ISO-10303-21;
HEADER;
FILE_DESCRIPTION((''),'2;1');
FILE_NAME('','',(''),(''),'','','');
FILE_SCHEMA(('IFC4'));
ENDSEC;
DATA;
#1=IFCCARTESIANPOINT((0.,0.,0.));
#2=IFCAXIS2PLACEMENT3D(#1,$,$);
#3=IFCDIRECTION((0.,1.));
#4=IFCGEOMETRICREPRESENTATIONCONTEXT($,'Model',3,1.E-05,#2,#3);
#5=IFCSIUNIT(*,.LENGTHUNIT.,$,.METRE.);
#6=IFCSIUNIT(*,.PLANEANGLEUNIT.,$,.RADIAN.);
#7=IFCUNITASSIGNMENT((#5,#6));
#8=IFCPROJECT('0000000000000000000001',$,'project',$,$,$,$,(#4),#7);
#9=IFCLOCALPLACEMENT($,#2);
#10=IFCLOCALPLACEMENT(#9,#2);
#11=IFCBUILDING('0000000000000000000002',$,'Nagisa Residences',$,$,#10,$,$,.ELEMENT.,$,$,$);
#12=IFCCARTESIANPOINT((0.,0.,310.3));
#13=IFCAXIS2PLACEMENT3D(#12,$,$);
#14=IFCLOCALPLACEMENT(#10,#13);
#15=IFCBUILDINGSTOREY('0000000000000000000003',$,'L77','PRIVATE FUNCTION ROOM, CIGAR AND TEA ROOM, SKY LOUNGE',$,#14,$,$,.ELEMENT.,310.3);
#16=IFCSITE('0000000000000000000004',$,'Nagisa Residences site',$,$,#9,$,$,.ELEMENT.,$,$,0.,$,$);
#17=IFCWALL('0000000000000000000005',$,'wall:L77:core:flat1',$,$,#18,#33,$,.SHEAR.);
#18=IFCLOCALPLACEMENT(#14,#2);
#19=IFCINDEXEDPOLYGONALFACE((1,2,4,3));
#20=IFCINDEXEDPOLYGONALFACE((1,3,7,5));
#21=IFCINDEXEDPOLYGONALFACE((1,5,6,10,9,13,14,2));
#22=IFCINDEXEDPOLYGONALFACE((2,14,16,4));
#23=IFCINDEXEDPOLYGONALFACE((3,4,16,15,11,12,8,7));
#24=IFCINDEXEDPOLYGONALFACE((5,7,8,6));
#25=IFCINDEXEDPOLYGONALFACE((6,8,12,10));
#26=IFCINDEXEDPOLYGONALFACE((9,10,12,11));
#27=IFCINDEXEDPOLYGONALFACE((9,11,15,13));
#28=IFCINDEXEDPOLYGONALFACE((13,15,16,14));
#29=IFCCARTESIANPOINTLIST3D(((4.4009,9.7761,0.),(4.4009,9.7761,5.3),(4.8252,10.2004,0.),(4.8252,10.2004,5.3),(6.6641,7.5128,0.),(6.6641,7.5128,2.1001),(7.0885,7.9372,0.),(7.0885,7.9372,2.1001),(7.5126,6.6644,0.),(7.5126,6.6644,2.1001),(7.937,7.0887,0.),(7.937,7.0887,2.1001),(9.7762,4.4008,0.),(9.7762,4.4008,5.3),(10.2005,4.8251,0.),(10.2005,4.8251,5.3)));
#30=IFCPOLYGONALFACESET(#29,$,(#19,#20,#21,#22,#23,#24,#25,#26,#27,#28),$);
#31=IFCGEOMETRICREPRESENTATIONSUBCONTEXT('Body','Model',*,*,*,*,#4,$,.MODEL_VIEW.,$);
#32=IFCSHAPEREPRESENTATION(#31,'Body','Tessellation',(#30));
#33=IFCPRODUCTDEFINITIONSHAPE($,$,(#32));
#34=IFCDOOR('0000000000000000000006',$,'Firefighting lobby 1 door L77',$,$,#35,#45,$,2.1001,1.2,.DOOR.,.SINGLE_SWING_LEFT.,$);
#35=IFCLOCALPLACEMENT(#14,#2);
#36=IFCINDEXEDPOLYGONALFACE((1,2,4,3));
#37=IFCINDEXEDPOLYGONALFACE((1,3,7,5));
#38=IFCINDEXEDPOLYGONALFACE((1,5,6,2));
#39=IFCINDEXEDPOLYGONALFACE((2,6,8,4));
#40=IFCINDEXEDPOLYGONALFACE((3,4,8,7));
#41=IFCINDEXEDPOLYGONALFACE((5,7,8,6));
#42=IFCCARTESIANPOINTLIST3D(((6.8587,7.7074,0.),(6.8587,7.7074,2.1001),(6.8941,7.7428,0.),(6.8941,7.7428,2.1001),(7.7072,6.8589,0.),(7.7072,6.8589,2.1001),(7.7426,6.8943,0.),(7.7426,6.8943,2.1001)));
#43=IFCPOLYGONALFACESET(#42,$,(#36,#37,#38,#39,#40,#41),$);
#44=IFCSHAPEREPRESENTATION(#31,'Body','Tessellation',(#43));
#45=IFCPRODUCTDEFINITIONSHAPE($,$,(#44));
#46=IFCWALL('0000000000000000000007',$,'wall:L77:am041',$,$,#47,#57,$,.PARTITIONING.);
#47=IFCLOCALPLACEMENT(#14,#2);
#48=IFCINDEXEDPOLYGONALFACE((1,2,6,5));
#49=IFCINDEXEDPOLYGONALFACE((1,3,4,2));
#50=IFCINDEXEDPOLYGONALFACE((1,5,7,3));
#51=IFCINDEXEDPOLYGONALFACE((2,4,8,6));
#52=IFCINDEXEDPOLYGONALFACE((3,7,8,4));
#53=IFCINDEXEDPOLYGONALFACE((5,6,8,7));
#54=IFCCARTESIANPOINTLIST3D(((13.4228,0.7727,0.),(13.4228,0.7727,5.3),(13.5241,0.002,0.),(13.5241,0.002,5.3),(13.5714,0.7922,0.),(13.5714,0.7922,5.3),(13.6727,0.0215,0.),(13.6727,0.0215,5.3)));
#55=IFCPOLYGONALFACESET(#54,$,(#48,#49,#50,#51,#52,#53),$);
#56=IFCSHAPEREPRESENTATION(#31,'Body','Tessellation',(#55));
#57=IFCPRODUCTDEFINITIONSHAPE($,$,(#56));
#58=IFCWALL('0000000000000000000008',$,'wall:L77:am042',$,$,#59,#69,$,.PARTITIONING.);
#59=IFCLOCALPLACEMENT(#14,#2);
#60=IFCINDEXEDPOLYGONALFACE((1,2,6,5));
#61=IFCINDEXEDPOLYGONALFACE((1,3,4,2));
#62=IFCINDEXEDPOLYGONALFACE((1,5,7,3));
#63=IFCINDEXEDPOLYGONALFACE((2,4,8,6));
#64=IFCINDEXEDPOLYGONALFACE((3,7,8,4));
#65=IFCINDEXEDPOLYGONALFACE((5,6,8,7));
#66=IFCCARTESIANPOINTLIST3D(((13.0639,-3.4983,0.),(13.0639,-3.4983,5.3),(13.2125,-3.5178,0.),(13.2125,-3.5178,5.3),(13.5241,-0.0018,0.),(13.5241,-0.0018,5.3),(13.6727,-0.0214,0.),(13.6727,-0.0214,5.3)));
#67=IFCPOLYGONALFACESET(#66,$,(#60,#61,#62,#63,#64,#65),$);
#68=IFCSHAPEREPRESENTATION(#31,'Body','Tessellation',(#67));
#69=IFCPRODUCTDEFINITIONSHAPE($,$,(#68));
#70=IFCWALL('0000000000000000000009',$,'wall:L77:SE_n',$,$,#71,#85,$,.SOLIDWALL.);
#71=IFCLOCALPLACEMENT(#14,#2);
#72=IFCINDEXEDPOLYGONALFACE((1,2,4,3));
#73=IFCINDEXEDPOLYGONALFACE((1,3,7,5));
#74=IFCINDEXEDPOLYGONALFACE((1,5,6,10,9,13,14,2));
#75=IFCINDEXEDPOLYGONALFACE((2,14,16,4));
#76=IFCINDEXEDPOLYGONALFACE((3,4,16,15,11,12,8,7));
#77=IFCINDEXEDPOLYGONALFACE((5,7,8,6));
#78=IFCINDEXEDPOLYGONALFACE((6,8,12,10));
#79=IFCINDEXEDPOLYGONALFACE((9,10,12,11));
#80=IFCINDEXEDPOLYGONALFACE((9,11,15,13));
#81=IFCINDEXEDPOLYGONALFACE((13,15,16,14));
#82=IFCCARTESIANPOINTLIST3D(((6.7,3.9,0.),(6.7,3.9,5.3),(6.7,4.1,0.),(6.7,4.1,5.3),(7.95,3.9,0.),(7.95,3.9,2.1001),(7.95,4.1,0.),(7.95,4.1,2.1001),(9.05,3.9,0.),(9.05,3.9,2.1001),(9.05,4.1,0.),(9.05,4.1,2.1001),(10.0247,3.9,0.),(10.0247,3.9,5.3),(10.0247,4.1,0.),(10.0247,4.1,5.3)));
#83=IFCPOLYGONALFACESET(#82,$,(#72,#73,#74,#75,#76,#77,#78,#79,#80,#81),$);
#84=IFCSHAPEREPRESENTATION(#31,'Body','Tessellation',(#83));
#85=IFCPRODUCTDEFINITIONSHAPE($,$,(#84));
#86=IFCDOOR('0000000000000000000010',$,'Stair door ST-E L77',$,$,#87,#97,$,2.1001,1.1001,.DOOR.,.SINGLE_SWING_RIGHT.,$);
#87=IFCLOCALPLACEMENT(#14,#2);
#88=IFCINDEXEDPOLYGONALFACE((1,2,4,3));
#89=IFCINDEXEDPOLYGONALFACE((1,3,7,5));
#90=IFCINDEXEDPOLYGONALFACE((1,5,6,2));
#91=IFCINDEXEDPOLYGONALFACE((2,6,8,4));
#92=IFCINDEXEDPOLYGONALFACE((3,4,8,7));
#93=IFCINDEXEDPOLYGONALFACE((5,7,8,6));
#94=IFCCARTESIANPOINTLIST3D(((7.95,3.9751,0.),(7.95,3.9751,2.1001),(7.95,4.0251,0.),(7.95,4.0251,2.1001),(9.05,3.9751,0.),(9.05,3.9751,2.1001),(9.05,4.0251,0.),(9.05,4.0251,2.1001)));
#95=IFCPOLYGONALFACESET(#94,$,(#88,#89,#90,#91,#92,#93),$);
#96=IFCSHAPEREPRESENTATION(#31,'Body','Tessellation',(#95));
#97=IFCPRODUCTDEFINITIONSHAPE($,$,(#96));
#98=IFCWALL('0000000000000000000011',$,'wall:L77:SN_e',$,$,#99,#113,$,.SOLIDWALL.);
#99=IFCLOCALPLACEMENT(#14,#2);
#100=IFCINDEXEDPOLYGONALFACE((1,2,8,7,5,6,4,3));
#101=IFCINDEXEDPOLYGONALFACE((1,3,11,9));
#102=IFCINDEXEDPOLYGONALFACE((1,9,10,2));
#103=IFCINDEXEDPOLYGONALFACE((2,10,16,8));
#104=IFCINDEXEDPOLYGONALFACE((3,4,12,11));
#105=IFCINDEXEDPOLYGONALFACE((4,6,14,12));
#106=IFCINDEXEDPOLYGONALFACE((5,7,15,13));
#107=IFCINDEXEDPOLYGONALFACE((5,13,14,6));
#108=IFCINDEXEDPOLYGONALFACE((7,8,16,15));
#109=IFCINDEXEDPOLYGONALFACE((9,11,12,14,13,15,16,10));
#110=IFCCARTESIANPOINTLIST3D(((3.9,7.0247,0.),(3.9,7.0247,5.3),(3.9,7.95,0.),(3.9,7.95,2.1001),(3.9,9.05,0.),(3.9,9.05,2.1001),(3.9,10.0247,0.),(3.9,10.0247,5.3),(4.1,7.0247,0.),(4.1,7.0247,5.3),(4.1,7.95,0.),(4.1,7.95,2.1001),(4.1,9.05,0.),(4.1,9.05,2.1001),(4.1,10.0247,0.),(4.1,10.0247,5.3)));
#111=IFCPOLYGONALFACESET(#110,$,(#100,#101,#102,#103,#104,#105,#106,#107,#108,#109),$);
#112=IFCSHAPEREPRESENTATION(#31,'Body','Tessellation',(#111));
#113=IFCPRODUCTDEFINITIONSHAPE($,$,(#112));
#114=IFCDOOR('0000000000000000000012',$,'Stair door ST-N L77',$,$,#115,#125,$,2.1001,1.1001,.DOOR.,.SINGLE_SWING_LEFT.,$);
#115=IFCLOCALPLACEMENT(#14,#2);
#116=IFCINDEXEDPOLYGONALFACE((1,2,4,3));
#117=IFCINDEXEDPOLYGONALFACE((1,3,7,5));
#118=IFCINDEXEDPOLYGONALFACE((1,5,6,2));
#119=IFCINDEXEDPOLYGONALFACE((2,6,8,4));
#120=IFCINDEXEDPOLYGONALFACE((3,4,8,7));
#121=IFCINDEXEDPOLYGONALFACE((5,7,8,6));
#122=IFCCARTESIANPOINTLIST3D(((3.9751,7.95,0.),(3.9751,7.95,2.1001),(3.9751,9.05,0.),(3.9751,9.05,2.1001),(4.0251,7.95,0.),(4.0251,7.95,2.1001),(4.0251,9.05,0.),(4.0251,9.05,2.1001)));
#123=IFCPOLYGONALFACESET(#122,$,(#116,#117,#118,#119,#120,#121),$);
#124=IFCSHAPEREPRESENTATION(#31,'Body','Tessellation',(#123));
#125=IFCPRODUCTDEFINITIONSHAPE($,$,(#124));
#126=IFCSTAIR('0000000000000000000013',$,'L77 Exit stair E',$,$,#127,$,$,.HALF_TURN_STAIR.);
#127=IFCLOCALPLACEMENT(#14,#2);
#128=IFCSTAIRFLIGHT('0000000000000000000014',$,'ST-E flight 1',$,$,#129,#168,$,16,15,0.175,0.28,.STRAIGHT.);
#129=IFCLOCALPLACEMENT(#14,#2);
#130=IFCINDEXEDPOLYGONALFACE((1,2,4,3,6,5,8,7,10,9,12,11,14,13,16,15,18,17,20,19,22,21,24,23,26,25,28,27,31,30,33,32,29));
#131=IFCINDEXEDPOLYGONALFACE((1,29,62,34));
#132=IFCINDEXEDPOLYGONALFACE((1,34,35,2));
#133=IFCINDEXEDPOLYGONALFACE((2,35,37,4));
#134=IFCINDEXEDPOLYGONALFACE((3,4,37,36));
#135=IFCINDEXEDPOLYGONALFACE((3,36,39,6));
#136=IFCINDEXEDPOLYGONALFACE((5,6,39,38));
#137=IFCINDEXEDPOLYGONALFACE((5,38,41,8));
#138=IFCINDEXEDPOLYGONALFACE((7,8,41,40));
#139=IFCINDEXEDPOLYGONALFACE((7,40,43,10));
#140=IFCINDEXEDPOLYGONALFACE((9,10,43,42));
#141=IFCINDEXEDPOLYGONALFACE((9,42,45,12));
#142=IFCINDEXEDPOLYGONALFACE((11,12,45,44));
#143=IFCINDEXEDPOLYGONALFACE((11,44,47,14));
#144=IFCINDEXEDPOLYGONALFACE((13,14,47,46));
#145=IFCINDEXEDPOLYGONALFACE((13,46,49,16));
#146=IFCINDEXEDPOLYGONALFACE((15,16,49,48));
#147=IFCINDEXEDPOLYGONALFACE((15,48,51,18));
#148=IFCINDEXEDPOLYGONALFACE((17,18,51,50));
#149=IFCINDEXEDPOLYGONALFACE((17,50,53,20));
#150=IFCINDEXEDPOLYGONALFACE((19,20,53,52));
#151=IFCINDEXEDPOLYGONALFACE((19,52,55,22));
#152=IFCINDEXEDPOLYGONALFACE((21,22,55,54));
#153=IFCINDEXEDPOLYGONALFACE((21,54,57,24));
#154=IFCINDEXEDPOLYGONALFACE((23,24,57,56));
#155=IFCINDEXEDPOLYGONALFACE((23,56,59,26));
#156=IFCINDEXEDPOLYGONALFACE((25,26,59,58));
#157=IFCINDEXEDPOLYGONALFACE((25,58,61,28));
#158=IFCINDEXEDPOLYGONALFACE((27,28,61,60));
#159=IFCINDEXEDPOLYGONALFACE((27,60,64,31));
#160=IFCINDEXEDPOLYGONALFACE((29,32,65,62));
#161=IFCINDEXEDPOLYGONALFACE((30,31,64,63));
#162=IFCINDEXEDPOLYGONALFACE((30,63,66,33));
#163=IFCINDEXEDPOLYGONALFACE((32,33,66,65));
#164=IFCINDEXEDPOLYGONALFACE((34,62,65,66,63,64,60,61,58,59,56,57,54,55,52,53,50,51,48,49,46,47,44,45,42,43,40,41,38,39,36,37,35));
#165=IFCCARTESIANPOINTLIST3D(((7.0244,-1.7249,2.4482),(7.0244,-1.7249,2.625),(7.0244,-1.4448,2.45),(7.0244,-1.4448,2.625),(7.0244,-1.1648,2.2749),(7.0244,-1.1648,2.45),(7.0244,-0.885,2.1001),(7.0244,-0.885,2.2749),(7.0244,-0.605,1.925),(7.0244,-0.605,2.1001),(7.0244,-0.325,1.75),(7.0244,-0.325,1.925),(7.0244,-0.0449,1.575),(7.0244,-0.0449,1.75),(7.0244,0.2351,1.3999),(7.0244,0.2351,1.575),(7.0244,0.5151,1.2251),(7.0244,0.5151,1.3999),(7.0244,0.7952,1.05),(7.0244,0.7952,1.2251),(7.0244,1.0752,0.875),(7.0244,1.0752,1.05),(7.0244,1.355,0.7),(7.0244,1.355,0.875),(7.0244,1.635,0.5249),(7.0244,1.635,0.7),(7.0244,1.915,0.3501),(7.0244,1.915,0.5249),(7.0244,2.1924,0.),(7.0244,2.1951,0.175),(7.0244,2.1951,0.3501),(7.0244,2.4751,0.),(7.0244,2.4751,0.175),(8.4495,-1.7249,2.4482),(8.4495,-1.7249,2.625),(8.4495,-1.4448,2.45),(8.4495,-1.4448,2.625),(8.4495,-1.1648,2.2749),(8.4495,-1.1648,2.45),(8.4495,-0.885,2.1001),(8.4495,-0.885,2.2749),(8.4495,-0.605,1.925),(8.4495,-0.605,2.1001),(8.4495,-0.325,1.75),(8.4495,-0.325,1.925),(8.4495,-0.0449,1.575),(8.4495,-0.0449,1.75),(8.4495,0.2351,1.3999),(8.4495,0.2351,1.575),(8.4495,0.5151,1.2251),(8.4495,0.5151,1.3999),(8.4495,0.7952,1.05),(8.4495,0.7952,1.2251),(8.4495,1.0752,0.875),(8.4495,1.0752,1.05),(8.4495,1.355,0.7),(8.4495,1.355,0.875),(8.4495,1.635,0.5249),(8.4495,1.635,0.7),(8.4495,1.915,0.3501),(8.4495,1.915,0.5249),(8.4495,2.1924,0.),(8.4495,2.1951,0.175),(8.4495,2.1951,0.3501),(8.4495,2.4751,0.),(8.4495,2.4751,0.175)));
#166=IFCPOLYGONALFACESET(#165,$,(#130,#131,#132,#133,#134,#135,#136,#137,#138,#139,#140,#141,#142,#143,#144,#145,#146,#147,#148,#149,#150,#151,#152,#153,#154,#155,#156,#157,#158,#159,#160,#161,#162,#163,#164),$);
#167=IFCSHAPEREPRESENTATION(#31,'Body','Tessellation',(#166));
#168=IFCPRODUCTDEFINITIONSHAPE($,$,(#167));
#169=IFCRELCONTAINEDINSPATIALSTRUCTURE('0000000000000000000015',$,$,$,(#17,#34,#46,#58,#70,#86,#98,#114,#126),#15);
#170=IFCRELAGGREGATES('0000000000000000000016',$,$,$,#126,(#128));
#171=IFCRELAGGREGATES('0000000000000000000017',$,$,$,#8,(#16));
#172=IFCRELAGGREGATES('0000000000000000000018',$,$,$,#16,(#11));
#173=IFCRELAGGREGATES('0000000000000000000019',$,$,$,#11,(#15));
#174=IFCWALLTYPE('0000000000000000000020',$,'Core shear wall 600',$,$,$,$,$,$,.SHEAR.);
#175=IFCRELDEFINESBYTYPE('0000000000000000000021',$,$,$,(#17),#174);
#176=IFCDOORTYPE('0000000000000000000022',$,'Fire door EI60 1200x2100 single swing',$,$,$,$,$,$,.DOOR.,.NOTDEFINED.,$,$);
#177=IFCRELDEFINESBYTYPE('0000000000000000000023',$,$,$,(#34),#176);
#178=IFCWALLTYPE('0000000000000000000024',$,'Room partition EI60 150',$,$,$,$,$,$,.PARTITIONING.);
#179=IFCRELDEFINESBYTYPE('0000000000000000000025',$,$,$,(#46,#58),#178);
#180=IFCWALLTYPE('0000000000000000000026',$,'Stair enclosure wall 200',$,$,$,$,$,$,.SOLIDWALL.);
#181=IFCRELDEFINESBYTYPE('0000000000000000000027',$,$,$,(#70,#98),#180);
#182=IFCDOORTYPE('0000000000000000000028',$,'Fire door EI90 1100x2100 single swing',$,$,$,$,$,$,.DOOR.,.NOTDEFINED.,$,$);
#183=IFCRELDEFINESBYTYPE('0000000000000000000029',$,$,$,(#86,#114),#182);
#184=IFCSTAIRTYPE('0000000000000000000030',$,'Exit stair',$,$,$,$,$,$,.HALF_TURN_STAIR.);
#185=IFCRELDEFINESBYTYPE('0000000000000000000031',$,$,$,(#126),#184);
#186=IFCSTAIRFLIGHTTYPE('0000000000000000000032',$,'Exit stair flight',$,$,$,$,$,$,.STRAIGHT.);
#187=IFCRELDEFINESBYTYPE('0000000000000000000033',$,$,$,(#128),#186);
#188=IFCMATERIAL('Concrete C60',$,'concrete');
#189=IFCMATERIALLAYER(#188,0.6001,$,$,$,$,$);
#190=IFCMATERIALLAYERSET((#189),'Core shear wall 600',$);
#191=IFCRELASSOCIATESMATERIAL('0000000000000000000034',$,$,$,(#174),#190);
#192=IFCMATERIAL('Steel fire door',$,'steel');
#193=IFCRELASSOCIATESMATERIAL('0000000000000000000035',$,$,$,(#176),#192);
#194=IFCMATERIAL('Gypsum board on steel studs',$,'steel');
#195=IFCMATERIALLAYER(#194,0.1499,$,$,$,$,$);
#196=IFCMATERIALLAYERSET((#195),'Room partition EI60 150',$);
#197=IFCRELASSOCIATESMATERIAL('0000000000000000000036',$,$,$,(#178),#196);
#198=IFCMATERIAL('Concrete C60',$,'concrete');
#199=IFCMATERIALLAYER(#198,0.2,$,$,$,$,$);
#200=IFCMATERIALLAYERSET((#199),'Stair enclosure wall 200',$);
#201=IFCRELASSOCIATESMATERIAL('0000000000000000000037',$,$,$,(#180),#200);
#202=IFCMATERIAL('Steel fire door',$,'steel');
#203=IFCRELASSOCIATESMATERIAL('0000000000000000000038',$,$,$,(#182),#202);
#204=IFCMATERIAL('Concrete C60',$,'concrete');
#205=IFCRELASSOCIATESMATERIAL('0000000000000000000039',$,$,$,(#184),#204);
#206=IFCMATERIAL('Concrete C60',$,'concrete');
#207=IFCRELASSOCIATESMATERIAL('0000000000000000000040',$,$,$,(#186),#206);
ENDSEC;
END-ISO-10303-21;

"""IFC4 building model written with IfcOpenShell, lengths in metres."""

from ifc_helpers import new_model, si_unit, direction, frame, frame_2d, origin, place, context, subcontext, project, spatial, polyline, rectangle, outline, extrude, material, layer, layer_set, type_object, element, fill, aggregate, save


model = new_model("IFC4")

# Units and contexts
model_context = context("Model", 3, precision=1e-05, world=origin(), true_north=direction((0.0, 1.0)))
body_context = subcontext(model_context, "Body", "Model", "MODEL_VIEW")
ifc_project = project(units=[si_unit("LENGTHUNIT", "METRE"), si_unit("PLANEANGLEUNIT", "RADIAN")], contexts=[model_context])

# Site, building, storey
site_placement = place(None, origin())
site = spatial("IfcSite", under=ifc_project, at=site_placement, Name="Nagisa Residences site", CompositionType="ELEMENT", RefElevation=0.0)
building_placement = place(site_placement, origin())
building = spatial("IfcBuilding", under=site, at=building_placement, Name="Nagisa Residences", CompositionType="ELEMENT")
storey_placement = place(building_placement, frame((0.0, 0.0, 310.3)))
storey = spatial("IfcBuildingStorey", under=building, at=storey_placement, Name="L77", Description="PRIVATE FUNCTION ROOM, CIGAR AND TEA ROOM, SKY LOUNGE", CompositionType="ELEMENT", Elevation=310.3)

# Wall, opening, door
ifc_material_1 = material(Name="Concrete C60", Category="concrete")
ifc_layer_1 = layer(ifc_material_1, 0.6001)
ifc_layer_set_1 = layer_set([ifc_layer_1], Name="Core shear wall 600")
wall_type_1 = type_object("IfcWallType", Name="Core shear wall 600", PredefinedType="SHEAR", material=ifc_layer_set_1)
wall_1_placement = place(storey_placement, frame((9.9883, 4.613, 0.0), z_axis=(0.0, 0.0, 1.0), x_axis=(-0.707107, 0.707107, 0.0)))
wall_1 = element("IfcWall", 1, at=wall_1_placement, inside=storey, type_object=wall_type_1, Name="wall:L77:core:flat1", PredefinedType="SHEAR", context=body_context, shape_type="SweptSolid", body=[
    extrude(rectangle(XDim=7.6018, YDim=0.6001, at=frame_2d((3.8008, 0.0))), origin(), (0.0, 0.0, 1.0), 5.3),
])
opening_1_placement = place(wall_1_placement, frame((3.2009, 0.0, 0.0)))
opening_1 = element("IfcOpeningElement", 2, at=opening_1_placement, cuts=wall_1, PredefinedType="OPENING", context=body_context, shape_type="SweptSolid", body=[
    extrude(rectangle(XDim=1.2, YDim=2.1001, at=frame_2d((0.6001, 1.05))), frame((0.0, 0.3101, 0.0), z_axis=(0.0, -1.0, 0.0), x_axis=(1.0, 0.0, 0.0)), (0.0, 0.0, 1.0), 0.6201),
])
ifc_material_2 = material(Name="Steel fire door", Category="steel")
door_type_1 = type_object("IfcDoorType", Name="Fire door EI60 1200x2100 single swing", OperationType="NOTDEFINED", PredefinedType="DOOR", material=ifc_material_2)
door_1_placement = place(opening_1_placement, origin())
door_1 = element("IfcDoor", 3, at=door_1_placement, inside=storey, type_object=door_type_1, Name="Firefighting lobby 1 door L77", OperationType="SINGLE_SWING_LEFT", OverallHeight=2.1001, OverallWidth=1.2, PredefinedType="DOOR", context=body_context, shape_type="SweptSolid", body=[
    extrude(rectangle(XDim=1.2, YDim=2.1001, at=frame_2d((0.6001, 1.05))), frame((0.0, 0.0249, 0.0), z_axis=(0.0, -1.0, 0.0), x_axis=(1.0, 0.0, 0.0)), (0.0, 0.0, 1.0), 0.05),
])
fill(opening_1, door_1)

# Walls
ifc_material_3 = material(Name="Gypsum board on steel studs", Category="steel")
ifc_layer_2 = layer(ifc_material_3, 0.1499)
ifc_layer_set_2 = layer_set([ifc_layer_2], Name="Room partition EI60 150")
wall_type_2 = type_object("IfcWallType", Name="Room partition EI60 150", PredefinedType="PARTITIONING", material=ifc_layer_set_2)
wall_2_placement = place(storey_placement, frame((13.4971, 0.7825, 0.0), z_axis=(0.0, 0.0, 1.0), x_axis=(0.130333, -0.99147, 0.0)))
element("IfcWall", 4, at=wall_2_placement, inside=storey, type_object=wall_type_2, Name="wall:L77:am041", PredefinedType="PARTITIONING", context=body_context, shape_type="SweptSolid", body=[
    extrude(rectangle(XDim=0.7773, YDim=0.1499, at=frame_2d((0.3887, 0.0))), origin(), (0.0, 0.0, 1.0), 5.3),
])
wall_3_placement = place(storey_placement, frame((13.5984, -0.0117, 0.0), z_axis=(0.0, 0.0, 1.0), x_axis=(-0.130499, -0.991448, 0.0)))
element("IfcWall", 5, at=wall_3_placement, inside=storey, type_object=wall_type_2, Name="wall:L77:am042", PredefinedType="PARTITIONING", context=body_context, shape_type="SweptSolid", body=[
    extrude(rectangle(XDim=3.5266, YDim=0.1499, at=frame_2d((1.7632, 0.0))), origin(), (0.0, 0.0, 1.0), 5.3),
])

# Walls, openings, doors
ifc_material_4 = material(Name="Concrete C60", Category="concrete")
ifc_layer_3 = layer(ifc_material_4, 0.2)
ifc_layer_set_3 = layer_set([ifc_layer_3], Name="Stair enclosure wall 200")
wall_type_3 = type_object("IfcWallType", Name="Stair enclosure wall 200", PredefinedType="SOLIDWALL", material=ifc_layer_set_3)
wall_4_placement = place(storey_placement, frame((6.7, 4.0, 0.0), z_axis=(0.0, 0.0, 1.0), x_axis=(1.0, 0.0, 0.0)))
wall_4 = element("IfcWall", 6, at=wall_4_placement, inside=storey, type_object=wall_type_3, Name="wall:L77:SE_n", PredefinedType="SOLIDWALL", context=body_context, shape_type="SweptSolid", body=[
    extrude(rectangle(XDim=3.3247, YDim=0.2, at=frame_2d((1.6624, 0.0))), origin(), (0.0, 0.0, 1.0), 5.3),
])
opening_2_placement = place(wall_4_placement, frame((1.25, 0.0, 0.0)))
opening_2 = element("IfcOpeningElement", 7, at=opening_2_placement, cuts=wall_4, PredefinedType="OPENING", context=body_context, shape_type="SweptSolid", body=[
    extrude(rectangle(XDim=1.1001, YDim=2.1001, at=frame_2d((0.55, 1.05))), frame((0.0, 0.1099, 0.0), z_axis=(0.0, -1.0, 0.0), x_axis=(1.0, 0.0, 0.0)), (0.0, 0.0, 1.0), 0.22),
])
ifc_material_5 = material(Name="Steel fire door", Category="steel")
door_type_2 = type_object("IfcDoorType", Name="Fire door EI90 1100x2100 single swing", OperationType="NOTDEFINED", PredefinedType="DOOR", material=ifc_material_5)
door_2_placement = place(opening_2_placement, frame((1.1001, 0.0, 0.0), x_axis=(-1.0, 0.0, 0.0)))
door_2 = element("IfcDoor", 8, at=door_2_placement, inside=storey, type_object=door_type_2, Name="Stair door ST-E L77", OperationType="SINGLE_SWING_RIGHT", OverallHeight=2.1001, OverallWidth=1.1001, PredefinedType="DOOR", context=body_context, shape_type="SweptSolid", body=[
    extrude(rectangle(XDim=1.1001, YDim=2.1001, at=frame_2d((0.55, 1.05))), frame((0.0, 0.0249, 0.0), z_axis=(0.0, -1.0, 0.0), x_axis=(1.0, 0.0, 0.0)), (0.0, 0.0, 1.0), 0.05),
])
fill(opening_2, door_2)
wall_5_placement = place(storey_placement, frame((4.0, 7.0247, 0.0), z_axis=(0.0, 0.0, 1.0), x_axis=(0.0, 1.0, 0.0)))
wall_5 = element("IfcWall", 9, at=wall_5_placement, inside=storey, type_object=wall_type_3, Name="wall:L77:SN_e", PredefinedType="SOLIDWALL", context=body_context, shape_type="SweptSolid", body=[
    extrude(rectangle(XDim=3.0, YDim=0.2, at=frame_2d((1.5, 0.0))), origin(), (0.0, 0.0, 1.0), 5.3),
])
opening_3_placement = place(wall_5_placement, frame((0.9253, 0.0, 0.0)))
opening_3 = element("IfcOpeningElement", 10, at=opening_3_placement, cuts=wall_5, PredefinedType="OPENING", context=body_context, shape_type="SweptSolid", body=[
    extrude(rectangle(XDim=1.1001, YDim=2.1001, at=frame_2d((0.55, 1.05))), frame((0.0, 0.1099, 0.0), z_axis=(0.0, -1.0, 0.0), x_axis=(1.0, 0.0, 0.0)), (0.0, 0.0, 1.0), 0.22),
])
door_3_placement = place(opening_3_placement, origin())
door_3 = element("IfcDoor", 11, at=door_3_placement, inside=storey, type_object=door_type_2, Name="Stair door ST-N L77", OperationType="SINGLE_SWING_LEFT", OverallHeight=2.1001, OverallWidth=1.1001, PredefinedType="DOOR", context=body_context, shape_type="SweptSolid", body=[
    extrude(rectangle(XDim=1.1001, YDim=2.1001, at=frame_2d((0.55, 1.05))), frame((0.0, 0.0249, 0.0), z_axis=(0.0, -1.0, 0.0), x_axis=(1.0, 0.0, 0.0)), (0.0, 0.0, 1.0), 0.05),
])
fill(opening_3, door_3)

# Stair, stair flight
ifc_material_6 = material(Name="Concrete C60", Category="concrete")
stair_type = type_object("IfcStairType", Name="Exit stair", PredefinedType="HALF_TURN_STAIR", material=ifc_material_6)
stair_placement = place(storey_placement, origin())
stair = element("IfcStair", 12, at=stair_placement, inside=storey, type_object=stair_type, Name="L77 Exit stair E", PredefinedType="HALF_TURN_STAIR")
ifc_material_7 = material(Name="Concrete C60", Category="concrete")
stair_flight_type = type_object("IfcStairFlightType", Name="Exit stair flight", PredefinedType="STRAIGHT", material=ifc_material_7)
stair_flight_1_placement = place(storey_placement, frame((7.7371, 2.4751, 0.0), z_axis=(0.0, 0.0, 1.0), x_axis=(0.0, -1.0, 0.0)))
stair_flight_1 = element("IfcStairFlight", 13, at=stair_flight_1_placement, type_object=stair_flight_type, Name="ST-E flight 1", NumberOfRisers=16, NumberOfTreads=15, PredefinedType="STRAIGHT", RiserHeight=0.175, TreadLength=0.28, context=body_context, shape_type="SweptSolid", body=[
    extrude(outline(polyline([(0.0, 0.0), (0.0, 0.175), (0.28, 0.175), (0.28, 0.3501), (0.5601, 0.3501), (0.5601, 0.5249), (0.8401, 0.5249), (0.8401, 0.7), (1.1201, 0.7), (1.1201, 0.875), (1.3999, 0.875), (1.3999, 1.05), (1.6799, 1.05), (1.6799, 1.2251), (1.96, 1.2251), (1.96, 1.3999), (2.24, 1.3999), (2.24, 1.575), (2.52, 1.575), (2.52, 1.75), (2.8, 1.75), (2.8, 1.925), (3.0801, 1.925), (3.0801, 2.1001), (3.3601, 2.1001), (3.3601, 2.2749), (3.6399, 2.2749), (3.6399, 2.45), (3.9199, 2.45), (3.9199, 2.625), (4.2, 2.625), (4.2, 2.8), (4.2, 2.4482), (0.2827, 0.0), (0.0, 0.0)])), frame((0.0, 0.7124, 0.0), z_axis=(0.0, -1.0, 0.0), x_axis=(1.0, 0.0, 0.0)), (0.0, 0.0, 1.0), 1.425),
])
aggregate(stair, [stair_flight_1])

save(model, "model.ifc")
